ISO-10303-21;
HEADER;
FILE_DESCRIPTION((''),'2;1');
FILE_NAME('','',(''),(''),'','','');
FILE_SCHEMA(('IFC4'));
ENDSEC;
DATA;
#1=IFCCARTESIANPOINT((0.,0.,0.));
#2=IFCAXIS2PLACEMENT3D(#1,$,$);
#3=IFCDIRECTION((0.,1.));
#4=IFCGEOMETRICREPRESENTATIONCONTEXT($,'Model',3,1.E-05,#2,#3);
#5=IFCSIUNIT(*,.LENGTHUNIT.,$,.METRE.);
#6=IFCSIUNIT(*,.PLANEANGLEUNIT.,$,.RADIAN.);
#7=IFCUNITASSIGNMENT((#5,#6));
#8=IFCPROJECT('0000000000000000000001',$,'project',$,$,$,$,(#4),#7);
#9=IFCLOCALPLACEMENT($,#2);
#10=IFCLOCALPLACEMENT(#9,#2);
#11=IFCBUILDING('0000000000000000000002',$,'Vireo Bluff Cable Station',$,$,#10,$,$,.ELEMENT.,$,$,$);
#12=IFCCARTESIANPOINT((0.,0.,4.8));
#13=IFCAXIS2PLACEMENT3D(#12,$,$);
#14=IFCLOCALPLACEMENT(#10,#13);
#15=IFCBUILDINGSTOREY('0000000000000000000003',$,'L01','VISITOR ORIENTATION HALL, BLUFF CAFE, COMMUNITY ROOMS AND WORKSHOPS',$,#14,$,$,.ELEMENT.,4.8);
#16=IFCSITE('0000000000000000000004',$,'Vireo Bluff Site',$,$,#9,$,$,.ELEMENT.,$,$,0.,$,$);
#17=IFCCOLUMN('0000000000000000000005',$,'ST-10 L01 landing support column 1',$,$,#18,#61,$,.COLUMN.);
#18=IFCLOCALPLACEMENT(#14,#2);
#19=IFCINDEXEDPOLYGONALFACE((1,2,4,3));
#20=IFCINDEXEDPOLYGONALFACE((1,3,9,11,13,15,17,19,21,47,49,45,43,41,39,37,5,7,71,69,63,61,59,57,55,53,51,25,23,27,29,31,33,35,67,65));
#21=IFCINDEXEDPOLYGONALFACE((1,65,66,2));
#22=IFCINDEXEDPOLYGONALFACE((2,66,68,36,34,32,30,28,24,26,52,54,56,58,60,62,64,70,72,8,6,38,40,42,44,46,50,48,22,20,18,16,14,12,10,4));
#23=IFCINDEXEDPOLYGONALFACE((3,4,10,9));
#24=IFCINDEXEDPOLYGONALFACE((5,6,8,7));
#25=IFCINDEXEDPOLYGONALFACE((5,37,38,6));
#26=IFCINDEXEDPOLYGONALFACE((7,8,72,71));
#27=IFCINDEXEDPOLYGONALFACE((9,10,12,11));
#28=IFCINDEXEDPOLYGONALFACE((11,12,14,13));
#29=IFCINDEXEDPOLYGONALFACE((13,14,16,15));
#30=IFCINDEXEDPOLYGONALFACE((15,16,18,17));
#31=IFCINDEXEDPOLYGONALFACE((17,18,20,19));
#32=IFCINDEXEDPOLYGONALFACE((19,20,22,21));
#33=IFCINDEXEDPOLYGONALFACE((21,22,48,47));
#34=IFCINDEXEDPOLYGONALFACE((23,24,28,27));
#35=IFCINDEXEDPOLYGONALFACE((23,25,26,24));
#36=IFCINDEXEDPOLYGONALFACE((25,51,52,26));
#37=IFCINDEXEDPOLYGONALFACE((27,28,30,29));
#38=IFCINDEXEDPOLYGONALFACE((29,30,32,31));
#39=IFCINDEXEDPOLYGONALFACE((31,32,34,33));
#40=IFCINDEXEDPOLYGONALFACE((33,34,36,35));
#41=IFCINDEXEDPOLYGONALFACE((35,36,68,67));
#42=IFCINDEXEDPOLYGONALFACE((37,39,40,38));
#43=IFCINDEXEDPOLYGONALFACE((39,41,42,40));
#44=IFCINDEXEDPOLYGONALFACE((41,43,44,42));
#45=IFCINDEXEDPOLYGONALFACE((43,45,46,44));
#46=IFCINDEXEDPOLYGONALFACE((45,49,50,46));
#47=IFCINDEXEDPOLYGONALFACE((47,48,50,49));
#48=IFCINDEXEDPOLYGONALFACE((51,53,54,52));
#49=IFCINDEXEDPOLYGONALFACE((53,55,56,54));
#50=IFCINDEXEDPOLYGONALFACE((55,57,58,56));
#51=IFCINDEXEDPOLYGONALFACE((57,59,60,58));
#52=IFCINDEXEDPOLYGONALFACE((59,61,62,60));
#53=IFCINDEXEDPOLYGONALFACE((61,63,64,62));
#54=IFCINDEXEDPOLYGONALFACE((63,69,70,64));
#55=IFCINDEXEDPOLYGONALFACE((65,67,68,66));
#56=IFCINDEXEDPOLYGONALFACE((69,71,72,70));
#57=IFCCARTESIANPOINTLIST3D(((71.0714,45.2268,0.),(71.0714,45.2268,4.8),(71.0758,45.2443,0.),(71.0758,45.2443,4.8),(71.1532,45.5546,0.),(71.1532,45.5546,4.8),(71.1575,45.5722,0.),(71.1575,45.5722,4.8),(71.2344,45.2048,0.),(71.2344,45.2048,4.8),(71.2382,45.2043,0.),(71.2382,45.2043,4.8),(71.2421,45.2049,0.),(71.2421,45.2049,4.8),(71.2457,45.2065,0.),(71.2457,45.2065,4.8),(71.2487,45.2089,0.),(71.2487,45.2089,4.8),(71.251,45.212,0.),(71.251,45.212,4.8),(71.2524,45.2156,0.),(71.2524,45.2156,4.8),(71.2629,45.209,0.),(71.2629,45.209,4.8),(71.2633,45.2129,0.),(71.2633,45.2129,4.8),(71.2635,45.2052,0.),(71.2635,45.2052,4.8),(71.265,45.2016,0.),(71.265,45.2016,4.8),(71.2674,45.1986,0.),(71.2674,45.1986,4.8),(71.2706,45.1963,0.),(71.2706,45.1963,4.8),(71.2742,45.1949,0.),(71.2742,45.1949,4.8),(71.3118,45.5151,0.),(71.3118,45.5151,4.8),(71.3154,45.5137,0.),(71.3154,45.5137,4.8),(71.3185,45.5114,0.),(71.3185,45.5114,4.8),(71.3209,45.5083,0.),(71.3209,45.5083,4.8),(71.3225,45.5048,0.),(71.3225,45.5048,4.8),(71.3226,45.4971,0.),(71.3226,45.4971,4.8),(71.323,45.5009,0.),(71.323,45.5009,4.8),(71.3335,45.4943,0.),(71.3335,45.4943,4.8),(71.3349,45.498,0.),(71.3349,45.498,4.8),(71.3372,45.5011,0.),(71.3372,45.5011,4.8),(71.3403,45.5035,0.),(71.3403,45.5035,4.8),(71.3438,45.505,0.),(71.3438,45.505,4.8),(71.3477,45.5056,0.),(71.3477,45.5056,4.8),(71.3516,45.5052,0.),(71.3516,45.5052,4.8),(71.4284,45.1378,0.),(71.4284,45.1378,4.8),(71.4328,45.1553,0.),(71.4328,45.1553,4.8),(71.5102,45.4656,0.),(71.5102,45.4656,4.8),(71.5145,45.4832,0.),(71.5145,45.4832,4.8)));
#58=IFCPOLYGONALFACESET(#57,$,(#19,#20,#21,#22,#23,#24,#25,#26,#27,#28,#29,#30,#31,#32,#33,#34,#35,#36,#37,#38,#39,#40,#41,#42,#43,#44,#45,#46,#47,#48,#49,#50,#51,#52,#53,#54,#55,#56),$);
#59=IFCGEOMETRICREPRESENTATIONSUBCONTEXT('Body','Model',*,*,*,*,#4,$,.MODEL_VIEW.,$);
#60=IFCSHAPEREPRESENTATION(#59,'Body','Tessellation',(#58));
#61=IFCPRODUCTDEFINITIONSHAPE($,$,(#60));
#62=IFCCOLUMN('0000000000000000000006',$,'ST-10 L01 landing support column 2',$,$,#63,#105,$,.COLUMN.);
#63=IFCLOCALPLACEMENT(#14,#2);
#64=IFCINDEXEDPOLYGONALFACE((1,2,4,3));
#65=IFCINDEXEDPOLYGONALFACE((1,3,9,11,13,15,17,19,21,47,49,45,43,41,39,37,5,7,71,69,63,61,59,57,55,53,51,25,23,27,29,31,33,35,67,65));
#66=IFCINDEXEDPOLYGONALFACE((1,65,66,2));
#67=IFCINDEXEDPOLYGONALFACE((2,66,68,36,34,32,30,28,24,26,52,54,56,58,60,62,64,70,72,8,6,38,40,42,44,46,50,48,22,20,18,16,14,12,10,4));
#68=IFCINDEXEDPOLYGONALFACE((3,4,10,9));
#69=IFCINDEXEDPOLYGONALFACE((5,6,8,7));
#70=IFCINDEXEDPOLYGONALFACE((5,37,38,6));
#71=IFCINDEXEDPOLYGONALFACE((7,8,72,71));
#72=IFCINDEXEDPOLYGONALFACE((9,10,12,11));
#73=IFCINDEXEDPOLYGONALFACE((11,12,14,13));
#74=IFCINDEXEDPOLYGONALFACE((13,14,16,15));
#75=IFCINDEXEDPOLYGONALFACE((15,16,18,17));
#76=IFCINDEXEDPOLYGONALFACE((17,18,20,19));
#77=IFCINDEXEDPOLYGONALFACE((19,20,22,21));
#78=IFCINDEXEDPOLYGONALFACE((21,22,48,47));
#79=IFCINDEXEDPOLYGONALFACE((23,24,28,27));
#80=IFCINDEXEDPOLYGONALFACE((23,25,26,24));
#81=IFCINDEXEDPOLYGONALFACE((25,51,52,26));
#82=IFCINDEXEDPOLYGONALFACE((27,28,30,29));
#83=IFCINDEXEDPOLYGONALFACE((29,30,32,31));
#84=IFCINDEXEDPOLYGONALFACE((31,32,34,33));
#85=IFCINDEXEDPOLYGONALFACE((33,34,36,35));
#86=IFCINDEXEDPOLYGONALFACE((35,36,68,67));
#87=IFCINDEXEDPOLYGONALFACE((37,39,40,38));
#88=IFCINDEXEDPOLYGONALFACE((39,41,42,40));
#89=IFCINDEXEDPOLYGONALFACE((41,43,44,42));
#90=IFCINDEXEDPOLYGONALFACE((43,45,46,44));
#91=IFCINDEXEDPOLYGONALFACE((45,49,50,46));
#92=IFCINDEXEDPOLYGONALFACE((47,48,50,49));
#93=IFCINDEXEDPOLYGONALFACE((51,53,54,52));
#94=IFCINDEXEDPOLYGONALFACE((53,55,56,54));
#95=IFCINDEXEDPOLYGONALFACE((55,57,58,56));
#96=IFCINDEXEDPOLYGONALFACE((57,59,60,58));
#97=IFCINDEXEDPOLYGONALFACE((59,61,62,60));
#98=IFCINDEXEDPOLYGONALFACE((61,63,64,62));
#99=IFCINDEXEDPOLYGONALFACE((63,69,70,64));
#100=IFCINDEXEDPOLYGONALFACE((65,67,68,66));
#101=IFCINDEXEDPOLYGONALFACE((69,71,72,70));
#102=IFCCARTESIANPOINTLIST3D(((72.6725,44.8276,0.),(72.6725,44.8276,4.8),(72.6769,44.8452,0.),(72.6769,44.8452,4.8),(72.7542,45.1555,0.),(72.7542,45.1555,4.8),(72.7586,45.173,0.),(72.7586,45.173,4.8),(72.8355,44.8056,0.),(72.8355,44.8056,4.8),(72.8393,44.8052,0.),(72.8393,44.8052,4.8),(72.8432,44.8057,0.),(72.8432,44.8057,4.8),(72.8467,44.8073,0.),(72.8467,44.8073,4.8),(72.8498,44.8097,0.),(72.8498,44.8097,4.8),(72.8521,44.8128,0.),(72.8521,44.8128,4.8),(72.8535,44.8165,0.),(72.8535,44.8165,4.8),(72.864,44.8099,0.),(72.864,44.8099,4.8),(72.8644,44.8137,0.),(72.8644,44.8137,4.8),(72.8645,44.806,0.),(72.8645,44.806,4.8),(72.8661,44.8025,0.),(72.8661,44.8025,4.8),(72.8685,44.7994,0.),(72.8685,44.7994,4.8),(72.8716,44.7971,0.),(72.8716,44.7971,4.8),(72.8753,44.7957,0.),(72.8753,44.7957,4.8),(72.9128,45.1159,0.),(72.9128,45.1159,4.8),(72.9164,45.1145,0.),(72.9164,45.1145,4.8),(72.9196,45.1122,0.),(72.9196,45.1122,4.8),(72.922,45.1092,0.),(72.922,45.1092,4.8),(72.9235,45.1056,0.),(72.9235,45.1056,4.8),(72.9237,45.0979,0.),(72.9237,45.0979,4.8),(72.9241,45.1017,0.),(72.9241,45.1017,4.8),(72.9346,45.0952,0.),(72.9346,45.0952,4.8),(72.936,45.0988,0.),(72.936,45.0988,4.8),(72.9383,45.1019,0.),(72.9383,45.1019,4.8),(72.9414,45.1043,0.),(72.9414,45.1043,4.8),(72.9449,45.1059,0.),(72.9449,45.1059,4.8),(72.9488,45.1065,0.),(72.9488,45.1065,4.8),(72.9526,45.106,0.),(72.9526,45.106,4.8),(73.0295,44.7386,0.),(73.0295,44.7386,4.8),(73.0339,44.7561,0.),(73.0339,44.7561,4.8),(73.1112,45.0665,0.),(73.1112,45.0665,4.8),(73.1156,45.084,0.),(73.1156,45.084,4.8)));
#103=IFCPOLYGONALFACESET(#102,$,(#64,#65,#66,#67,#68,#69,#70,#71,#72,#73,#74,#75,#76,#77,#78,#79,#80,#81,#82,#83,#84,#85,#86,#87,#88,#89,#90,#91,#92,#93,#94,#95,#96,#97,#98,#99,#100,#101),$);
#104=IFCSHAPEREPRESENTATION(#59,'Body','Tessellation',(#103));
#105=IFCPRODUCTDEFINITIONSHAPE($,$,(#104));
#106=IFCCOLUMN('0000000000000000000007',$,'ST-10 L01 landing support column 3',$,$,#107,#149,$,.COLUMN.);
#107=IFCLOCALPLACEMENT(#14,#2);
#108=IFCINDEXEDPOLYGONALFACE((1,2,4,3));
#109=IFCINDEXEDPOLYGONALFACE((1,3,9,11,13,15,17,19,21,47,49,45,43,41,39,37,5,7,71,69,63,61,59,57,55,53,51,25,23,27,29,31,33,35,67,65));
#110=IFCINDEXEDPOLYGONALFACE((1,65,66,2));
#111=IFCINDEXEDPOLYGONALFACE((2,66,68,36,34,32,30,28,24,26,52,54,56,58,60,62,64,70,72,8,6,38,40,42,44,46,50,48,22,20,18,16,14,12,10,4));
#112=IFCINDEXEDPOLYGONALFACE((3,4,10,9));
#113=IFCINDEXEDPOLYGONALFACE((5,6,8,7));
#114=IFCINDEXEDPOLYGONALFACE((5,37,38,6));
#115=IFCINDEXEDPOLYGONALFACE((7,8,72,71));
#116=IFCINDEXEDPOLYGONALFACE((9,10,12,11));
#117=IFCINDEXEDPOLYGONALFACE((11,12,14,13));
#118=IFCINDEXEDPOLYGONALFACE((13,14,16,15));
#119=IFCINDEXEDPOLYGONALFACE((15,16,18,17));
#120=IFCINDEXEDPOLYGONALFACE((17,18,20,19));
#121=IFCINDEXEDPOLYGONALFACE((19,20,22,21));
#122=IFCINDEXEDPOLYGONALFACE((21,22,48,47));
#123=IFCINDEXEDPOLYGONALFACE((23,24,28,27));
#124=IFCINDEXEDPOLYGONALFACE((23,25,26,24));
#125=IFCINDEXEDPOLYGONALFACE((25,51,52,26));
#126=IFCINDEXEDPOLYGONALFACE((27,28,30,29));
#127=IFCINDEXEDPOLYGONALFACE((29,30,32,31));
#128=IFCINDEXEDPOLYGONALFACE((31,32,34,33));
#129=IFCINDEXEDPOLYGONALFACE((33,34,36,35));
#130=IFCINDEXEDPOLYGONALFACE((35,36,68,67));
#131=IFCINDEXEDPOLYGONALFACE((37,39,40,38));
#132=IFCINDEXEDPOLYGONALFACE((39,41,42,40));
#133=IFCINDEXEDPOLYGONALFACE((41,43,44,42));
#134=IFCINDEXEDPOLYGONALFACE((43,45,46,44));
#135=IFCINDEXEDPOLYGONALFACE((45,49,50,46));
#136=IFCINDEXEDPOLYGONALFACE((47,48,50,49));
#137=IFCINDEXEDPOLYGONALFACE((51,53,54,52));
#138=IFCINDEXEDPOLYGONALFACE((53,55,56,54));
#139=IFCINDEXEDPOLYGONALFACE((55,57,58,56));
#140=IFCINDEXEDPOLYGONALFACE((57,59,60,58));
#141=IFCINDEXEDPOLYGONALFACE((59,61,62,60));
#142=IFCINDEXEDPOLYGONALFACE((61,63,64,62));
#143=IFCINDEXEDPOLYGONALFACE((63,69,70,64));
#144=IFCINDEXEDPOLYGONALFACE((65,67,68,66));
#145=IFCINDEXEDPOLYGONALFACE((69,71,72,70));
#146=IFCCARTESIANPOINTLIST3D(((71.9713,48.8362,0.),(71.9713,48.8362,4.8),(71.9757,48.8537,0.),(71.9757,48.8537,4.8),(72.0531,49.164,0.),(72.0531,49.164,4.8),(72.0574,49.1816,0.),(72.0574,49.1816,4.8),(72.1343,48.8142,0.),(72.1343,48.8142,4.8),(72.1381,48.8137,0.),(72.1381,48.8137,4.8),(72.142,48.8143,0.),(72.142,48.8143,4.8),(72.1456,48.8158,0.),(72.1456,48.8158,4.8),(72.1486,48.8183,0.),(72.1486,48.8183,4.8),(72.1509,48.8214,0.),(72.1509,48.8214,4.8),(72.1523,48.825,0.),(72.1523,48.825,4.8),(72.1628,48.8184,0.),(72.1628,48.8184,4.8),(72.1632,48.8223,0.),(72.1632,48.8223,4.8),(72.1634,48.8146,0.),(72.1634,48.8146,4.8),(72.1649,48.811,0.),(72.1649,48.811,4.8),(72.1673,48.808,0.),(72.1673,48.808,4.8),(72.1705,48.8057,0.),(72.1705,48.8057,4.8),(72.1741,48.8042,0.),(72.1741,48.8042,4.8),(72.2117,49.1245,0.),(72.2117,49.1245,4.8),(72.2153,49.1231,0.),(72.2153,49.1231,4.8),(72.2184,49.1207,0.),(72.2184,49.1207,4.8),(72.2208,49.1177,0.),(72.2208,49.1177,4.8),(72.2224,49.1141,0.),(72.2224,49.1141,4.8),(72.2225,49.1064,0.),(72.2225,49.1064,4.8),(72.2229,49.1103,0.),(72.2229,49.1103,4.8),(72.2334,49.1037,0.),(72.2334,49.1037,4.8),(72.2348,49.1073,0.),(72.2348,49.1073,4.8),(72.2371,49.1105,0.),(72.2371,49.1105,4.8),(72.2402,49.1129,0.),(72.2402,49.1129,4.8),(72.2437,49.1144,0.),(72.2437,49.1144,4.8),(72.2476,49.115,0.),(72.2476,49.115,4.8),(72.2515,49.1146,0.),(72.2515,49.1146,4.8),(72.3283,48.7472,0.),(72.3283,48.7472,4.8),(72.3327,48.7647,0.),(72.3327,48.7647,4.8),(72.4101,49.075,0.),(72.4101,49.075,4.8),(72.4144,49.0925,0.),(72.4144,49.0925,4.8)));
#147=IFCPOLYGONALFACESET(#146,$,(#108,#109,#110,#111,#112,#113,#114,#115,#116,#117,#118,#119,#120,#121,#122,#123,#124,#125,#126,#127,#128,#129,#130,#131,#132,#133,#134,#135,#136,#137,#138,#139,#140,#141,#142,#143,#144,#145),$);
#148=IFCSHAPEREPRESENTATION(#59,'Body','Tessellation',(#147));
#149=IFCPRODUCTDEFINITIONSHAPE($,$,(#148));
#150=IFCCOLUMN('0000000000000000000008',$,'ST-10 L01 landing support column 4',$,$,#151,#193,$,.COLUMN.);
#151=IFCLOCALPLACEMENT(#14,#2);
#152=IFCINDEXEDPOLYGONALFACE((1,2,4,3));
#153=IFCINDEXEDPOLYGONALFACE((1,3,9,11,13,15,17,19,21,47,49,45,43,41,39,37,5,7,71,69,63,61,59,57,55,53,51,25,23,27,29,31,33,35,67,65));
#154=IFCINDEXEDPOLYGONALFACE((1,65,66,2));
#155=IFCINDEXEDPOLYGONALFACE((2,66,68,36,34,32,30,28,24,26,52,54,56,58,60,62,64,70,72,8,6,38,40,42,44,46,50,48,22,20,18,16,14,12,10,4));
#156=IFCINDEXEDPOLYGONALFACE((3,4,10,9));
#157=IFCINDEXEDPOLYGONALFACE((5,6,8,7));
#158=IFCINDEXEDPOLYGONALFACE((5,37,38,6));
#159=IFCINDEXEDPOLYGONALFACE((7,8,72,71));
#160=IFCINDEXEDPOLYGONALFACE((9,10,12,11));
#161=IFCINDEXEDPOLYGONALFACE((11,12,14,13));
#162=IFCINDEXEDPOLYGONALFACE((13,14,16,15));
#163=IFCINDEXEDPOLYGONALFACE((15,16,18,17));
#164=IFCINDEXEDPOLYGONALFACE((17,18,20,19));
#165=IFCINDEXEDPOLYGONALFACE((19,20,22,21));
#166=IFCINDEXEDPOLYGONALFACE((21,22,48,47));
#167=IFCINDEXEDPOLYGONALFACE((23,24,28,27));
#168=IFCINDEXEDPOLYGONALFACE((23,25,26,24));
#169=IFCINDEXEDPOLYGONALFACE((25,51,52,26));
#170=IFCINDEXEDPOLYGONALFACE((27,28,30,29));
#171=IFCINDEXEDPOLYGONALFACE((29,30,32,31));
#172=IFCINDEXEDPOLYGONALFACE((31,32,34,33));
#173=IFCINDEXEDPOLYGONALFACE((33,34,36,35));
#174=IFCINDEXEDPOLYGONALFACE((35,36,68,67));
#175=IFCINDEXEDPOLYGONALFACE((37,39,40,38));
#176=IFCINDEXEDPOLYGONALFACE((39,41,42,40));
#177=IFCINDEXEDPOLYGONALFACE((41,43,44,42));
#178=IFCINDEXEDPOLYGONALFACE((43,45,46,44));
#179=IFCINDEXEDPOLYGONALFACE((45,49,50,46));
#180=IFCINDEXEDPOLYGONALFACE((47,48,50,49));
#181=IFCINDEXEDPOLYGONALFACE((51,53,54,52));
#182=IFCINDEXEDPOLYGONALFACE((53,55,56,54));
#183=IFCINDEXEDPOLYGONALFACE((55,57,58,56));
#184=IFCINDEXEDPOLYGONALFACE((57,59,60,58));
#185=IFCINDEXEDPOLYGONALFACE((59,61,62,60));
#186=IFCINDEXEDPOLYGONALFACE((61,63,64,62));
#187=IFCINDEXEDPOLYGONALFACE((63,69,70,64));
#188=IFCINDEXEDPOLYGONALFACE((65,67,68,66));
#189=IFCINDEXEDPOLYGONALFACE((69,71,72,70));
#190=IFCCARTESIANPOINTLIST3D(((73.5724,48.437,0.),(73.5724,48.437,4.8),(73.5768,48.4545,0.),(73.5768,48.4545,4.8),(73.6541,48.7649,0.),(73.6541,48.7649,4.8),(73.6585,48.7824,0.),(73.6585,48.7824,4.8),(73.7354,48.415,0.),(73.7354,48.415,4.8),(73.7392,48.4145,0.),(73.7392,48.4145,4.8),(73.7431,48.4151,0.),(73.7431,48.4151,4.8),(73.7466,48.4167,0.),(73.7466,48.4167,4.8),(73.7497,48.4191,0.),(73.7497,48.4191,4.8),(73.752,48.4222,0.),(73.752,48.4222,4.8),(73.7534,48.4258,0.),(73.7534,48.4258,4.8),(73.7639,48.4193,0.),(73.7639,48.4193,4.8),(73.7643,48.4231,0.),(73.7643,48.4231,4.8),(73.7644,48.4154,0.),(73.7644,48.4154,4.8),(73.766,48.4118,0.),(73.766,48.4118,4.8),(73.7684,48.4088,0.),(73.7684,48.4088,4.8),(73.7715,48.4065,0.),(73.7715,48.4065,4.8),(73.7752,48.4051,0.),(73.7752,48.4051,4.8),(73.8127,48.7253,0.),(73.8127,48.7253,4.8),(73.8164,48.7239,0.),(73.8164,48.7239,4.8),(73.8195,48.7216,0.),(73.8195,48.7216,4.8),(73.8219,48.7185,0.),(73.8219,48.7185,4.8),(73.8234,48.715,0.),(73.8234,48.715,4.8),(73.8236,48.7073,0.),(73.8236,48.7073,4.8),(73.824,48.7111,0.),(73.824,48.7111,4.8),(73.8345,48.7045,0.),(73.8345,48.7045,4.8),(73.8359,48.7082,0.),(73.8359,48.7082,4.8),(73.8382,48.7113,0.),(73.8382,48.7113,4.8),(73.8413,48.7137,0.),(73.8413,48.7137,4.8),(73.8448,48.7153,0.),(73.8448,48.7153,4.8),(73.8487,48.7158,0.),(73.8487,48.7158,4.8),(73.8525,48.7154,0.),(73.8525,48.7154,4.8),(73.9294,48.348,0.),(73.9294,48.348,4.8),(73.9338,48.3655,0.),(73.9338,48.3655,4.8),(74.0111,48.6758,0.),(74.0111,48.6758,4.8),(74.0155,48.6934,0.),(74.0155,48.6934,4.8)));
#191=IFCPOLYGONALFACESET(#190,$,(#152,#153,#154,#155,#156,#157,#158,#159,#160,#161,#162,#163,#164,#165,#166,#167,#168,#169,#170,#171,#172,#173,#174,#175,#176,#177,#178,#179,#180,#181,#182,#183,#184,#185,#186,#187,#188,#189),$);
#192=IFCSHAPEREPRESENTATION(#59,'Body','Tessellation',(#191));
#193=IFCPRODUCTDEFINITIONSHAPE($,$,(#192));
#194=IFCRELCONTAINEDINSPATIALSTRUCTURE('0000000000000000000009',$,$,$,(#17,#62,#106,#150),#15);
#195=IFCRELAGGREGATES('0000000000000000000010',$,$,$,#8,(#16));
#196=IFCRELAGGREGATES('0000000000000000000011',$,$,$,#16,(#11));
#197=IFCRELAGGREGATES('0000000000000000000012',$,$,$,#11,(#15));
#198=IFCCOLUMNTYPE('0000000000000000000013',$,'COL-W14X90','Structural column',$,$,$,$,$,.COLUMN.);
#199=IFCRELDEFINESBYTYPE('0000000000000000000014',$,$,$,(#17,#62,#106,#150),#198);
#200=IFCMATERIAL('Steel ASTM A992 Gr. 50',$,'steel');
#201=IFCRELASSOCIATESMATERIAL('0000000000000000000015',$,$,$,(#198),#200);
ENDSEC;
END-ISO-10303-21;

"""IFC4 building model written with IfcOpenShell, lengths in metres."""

from ifc_helpers import new_model, si_unit, direction, frame, origin, origin_2d, place, context, subcontext, project, spatial, i_section, extrude, material, material_profile, profile_set, type_object, element, save


model = new_model("IFC4")

# Units and contexts
model_context = context("Model", 3, precision=1e-05, world=origin(), true_north=direction((0.0, 1.0)))
body_context = subcontext(model_context, "Body", "Model", "MODEL_VIEW")
ifc_project = project(units=[si_unit("LENGTHUNIT", "METRE"), si_unit("PLANEANGLEUNIT", "RADIAN")], contexts=[model_context])

# Site, building, storey
site_placement = place(None, origin())
site = spatial("IfcSite", under=ifc_project, at=site_placement, Name="Vireo Bluff Site", CompositionType="ELEMENT", RefElevation=0.0)
building_placement = place(site_placement, origin())
building = spatial("IfcBuilding", under=site, at=building_placement, Name="Vireo Bluff Cable Station", CompositionType="ELEMENT")
storey_placement = place(building_placement, frame((0.0, 0.0, 4.8)))
storey = spatial("IfcBuildingStorey", under=building, at=storey_placement, Name="L01", Description="VISITOR ORIENTATION HALL, BLUFF CAFE, COMMUNITY ROOMS AND WORKSHOPS", CompositionType="ELEMENT", Elevation=4.8)

# Columns
ifc_material_1 = material(Name="Steel ASTM A992 Gr. 50", Category="steel")
ifc_material_profile_1 = material_profile(ifc_material_1, i_section(OverallWidth=0.3679, OverallDepth=0.356, WebThickness=0.0112, FlangeThickness=0.0181, FilletRadius=0.0149, at=origin_2d()), Name="W14X90")
ifc_profile_set_1 = profile_set([ifc_material_profile_1], Name="Steel ASTM A992 Gr. 50")
column_type = type_object("IfcColumnType", Name="COL-W14X90", Description="Structural column", PredefinedType="COLUMN", material=ifc_profile_set_1)
for number, where, z_axis, x_axis, name in (
    (1, (71.293, 45.355, 0.0), (0.0, 0.0, 1.0), (0.970296, -0.241922, 0.0), "ST-10 L01 landing support column 1"),
    (2, (72.894, 44.9558, 0.0), (0.0, 0.0, 1.0), (0.970296, -0.241922, 0.0), "ST-10 L01 landing support column 2"),
    (3, (72.1929, 48.9644, 0.0), (0.0, 0.0, 1.0), (0.970296, -0.241922, 0.0), "ST-10 L01 landing support column 3"),
    (4, (73.7939, 48.5652, 0.0), (0.0, 0.0, 1.0), (0.970296, -0.241922, 0.0), "ST-10 L01 landing support column 4"),
):
    element("IfcColumn", number, at=place(storey_placement, frame(where, z_axis=z_axis, x_axis=x_axis)), inside=storey, type_object=column_type, Name=name, PredefinedType="COLUMN", context=body_context, shape_type="SweptSolid", body=[
        extrude(i_section(OverallWidth=0.3679, OverallDepth=0.356, WebThickness=0.0112, FlangeThickness=0.0181, FilletRadius=0.0149, at=origin_2d()), origin(), (0.0, 0.0, 1.0), 4.8),
    ])

save(model, "model.ifc")
